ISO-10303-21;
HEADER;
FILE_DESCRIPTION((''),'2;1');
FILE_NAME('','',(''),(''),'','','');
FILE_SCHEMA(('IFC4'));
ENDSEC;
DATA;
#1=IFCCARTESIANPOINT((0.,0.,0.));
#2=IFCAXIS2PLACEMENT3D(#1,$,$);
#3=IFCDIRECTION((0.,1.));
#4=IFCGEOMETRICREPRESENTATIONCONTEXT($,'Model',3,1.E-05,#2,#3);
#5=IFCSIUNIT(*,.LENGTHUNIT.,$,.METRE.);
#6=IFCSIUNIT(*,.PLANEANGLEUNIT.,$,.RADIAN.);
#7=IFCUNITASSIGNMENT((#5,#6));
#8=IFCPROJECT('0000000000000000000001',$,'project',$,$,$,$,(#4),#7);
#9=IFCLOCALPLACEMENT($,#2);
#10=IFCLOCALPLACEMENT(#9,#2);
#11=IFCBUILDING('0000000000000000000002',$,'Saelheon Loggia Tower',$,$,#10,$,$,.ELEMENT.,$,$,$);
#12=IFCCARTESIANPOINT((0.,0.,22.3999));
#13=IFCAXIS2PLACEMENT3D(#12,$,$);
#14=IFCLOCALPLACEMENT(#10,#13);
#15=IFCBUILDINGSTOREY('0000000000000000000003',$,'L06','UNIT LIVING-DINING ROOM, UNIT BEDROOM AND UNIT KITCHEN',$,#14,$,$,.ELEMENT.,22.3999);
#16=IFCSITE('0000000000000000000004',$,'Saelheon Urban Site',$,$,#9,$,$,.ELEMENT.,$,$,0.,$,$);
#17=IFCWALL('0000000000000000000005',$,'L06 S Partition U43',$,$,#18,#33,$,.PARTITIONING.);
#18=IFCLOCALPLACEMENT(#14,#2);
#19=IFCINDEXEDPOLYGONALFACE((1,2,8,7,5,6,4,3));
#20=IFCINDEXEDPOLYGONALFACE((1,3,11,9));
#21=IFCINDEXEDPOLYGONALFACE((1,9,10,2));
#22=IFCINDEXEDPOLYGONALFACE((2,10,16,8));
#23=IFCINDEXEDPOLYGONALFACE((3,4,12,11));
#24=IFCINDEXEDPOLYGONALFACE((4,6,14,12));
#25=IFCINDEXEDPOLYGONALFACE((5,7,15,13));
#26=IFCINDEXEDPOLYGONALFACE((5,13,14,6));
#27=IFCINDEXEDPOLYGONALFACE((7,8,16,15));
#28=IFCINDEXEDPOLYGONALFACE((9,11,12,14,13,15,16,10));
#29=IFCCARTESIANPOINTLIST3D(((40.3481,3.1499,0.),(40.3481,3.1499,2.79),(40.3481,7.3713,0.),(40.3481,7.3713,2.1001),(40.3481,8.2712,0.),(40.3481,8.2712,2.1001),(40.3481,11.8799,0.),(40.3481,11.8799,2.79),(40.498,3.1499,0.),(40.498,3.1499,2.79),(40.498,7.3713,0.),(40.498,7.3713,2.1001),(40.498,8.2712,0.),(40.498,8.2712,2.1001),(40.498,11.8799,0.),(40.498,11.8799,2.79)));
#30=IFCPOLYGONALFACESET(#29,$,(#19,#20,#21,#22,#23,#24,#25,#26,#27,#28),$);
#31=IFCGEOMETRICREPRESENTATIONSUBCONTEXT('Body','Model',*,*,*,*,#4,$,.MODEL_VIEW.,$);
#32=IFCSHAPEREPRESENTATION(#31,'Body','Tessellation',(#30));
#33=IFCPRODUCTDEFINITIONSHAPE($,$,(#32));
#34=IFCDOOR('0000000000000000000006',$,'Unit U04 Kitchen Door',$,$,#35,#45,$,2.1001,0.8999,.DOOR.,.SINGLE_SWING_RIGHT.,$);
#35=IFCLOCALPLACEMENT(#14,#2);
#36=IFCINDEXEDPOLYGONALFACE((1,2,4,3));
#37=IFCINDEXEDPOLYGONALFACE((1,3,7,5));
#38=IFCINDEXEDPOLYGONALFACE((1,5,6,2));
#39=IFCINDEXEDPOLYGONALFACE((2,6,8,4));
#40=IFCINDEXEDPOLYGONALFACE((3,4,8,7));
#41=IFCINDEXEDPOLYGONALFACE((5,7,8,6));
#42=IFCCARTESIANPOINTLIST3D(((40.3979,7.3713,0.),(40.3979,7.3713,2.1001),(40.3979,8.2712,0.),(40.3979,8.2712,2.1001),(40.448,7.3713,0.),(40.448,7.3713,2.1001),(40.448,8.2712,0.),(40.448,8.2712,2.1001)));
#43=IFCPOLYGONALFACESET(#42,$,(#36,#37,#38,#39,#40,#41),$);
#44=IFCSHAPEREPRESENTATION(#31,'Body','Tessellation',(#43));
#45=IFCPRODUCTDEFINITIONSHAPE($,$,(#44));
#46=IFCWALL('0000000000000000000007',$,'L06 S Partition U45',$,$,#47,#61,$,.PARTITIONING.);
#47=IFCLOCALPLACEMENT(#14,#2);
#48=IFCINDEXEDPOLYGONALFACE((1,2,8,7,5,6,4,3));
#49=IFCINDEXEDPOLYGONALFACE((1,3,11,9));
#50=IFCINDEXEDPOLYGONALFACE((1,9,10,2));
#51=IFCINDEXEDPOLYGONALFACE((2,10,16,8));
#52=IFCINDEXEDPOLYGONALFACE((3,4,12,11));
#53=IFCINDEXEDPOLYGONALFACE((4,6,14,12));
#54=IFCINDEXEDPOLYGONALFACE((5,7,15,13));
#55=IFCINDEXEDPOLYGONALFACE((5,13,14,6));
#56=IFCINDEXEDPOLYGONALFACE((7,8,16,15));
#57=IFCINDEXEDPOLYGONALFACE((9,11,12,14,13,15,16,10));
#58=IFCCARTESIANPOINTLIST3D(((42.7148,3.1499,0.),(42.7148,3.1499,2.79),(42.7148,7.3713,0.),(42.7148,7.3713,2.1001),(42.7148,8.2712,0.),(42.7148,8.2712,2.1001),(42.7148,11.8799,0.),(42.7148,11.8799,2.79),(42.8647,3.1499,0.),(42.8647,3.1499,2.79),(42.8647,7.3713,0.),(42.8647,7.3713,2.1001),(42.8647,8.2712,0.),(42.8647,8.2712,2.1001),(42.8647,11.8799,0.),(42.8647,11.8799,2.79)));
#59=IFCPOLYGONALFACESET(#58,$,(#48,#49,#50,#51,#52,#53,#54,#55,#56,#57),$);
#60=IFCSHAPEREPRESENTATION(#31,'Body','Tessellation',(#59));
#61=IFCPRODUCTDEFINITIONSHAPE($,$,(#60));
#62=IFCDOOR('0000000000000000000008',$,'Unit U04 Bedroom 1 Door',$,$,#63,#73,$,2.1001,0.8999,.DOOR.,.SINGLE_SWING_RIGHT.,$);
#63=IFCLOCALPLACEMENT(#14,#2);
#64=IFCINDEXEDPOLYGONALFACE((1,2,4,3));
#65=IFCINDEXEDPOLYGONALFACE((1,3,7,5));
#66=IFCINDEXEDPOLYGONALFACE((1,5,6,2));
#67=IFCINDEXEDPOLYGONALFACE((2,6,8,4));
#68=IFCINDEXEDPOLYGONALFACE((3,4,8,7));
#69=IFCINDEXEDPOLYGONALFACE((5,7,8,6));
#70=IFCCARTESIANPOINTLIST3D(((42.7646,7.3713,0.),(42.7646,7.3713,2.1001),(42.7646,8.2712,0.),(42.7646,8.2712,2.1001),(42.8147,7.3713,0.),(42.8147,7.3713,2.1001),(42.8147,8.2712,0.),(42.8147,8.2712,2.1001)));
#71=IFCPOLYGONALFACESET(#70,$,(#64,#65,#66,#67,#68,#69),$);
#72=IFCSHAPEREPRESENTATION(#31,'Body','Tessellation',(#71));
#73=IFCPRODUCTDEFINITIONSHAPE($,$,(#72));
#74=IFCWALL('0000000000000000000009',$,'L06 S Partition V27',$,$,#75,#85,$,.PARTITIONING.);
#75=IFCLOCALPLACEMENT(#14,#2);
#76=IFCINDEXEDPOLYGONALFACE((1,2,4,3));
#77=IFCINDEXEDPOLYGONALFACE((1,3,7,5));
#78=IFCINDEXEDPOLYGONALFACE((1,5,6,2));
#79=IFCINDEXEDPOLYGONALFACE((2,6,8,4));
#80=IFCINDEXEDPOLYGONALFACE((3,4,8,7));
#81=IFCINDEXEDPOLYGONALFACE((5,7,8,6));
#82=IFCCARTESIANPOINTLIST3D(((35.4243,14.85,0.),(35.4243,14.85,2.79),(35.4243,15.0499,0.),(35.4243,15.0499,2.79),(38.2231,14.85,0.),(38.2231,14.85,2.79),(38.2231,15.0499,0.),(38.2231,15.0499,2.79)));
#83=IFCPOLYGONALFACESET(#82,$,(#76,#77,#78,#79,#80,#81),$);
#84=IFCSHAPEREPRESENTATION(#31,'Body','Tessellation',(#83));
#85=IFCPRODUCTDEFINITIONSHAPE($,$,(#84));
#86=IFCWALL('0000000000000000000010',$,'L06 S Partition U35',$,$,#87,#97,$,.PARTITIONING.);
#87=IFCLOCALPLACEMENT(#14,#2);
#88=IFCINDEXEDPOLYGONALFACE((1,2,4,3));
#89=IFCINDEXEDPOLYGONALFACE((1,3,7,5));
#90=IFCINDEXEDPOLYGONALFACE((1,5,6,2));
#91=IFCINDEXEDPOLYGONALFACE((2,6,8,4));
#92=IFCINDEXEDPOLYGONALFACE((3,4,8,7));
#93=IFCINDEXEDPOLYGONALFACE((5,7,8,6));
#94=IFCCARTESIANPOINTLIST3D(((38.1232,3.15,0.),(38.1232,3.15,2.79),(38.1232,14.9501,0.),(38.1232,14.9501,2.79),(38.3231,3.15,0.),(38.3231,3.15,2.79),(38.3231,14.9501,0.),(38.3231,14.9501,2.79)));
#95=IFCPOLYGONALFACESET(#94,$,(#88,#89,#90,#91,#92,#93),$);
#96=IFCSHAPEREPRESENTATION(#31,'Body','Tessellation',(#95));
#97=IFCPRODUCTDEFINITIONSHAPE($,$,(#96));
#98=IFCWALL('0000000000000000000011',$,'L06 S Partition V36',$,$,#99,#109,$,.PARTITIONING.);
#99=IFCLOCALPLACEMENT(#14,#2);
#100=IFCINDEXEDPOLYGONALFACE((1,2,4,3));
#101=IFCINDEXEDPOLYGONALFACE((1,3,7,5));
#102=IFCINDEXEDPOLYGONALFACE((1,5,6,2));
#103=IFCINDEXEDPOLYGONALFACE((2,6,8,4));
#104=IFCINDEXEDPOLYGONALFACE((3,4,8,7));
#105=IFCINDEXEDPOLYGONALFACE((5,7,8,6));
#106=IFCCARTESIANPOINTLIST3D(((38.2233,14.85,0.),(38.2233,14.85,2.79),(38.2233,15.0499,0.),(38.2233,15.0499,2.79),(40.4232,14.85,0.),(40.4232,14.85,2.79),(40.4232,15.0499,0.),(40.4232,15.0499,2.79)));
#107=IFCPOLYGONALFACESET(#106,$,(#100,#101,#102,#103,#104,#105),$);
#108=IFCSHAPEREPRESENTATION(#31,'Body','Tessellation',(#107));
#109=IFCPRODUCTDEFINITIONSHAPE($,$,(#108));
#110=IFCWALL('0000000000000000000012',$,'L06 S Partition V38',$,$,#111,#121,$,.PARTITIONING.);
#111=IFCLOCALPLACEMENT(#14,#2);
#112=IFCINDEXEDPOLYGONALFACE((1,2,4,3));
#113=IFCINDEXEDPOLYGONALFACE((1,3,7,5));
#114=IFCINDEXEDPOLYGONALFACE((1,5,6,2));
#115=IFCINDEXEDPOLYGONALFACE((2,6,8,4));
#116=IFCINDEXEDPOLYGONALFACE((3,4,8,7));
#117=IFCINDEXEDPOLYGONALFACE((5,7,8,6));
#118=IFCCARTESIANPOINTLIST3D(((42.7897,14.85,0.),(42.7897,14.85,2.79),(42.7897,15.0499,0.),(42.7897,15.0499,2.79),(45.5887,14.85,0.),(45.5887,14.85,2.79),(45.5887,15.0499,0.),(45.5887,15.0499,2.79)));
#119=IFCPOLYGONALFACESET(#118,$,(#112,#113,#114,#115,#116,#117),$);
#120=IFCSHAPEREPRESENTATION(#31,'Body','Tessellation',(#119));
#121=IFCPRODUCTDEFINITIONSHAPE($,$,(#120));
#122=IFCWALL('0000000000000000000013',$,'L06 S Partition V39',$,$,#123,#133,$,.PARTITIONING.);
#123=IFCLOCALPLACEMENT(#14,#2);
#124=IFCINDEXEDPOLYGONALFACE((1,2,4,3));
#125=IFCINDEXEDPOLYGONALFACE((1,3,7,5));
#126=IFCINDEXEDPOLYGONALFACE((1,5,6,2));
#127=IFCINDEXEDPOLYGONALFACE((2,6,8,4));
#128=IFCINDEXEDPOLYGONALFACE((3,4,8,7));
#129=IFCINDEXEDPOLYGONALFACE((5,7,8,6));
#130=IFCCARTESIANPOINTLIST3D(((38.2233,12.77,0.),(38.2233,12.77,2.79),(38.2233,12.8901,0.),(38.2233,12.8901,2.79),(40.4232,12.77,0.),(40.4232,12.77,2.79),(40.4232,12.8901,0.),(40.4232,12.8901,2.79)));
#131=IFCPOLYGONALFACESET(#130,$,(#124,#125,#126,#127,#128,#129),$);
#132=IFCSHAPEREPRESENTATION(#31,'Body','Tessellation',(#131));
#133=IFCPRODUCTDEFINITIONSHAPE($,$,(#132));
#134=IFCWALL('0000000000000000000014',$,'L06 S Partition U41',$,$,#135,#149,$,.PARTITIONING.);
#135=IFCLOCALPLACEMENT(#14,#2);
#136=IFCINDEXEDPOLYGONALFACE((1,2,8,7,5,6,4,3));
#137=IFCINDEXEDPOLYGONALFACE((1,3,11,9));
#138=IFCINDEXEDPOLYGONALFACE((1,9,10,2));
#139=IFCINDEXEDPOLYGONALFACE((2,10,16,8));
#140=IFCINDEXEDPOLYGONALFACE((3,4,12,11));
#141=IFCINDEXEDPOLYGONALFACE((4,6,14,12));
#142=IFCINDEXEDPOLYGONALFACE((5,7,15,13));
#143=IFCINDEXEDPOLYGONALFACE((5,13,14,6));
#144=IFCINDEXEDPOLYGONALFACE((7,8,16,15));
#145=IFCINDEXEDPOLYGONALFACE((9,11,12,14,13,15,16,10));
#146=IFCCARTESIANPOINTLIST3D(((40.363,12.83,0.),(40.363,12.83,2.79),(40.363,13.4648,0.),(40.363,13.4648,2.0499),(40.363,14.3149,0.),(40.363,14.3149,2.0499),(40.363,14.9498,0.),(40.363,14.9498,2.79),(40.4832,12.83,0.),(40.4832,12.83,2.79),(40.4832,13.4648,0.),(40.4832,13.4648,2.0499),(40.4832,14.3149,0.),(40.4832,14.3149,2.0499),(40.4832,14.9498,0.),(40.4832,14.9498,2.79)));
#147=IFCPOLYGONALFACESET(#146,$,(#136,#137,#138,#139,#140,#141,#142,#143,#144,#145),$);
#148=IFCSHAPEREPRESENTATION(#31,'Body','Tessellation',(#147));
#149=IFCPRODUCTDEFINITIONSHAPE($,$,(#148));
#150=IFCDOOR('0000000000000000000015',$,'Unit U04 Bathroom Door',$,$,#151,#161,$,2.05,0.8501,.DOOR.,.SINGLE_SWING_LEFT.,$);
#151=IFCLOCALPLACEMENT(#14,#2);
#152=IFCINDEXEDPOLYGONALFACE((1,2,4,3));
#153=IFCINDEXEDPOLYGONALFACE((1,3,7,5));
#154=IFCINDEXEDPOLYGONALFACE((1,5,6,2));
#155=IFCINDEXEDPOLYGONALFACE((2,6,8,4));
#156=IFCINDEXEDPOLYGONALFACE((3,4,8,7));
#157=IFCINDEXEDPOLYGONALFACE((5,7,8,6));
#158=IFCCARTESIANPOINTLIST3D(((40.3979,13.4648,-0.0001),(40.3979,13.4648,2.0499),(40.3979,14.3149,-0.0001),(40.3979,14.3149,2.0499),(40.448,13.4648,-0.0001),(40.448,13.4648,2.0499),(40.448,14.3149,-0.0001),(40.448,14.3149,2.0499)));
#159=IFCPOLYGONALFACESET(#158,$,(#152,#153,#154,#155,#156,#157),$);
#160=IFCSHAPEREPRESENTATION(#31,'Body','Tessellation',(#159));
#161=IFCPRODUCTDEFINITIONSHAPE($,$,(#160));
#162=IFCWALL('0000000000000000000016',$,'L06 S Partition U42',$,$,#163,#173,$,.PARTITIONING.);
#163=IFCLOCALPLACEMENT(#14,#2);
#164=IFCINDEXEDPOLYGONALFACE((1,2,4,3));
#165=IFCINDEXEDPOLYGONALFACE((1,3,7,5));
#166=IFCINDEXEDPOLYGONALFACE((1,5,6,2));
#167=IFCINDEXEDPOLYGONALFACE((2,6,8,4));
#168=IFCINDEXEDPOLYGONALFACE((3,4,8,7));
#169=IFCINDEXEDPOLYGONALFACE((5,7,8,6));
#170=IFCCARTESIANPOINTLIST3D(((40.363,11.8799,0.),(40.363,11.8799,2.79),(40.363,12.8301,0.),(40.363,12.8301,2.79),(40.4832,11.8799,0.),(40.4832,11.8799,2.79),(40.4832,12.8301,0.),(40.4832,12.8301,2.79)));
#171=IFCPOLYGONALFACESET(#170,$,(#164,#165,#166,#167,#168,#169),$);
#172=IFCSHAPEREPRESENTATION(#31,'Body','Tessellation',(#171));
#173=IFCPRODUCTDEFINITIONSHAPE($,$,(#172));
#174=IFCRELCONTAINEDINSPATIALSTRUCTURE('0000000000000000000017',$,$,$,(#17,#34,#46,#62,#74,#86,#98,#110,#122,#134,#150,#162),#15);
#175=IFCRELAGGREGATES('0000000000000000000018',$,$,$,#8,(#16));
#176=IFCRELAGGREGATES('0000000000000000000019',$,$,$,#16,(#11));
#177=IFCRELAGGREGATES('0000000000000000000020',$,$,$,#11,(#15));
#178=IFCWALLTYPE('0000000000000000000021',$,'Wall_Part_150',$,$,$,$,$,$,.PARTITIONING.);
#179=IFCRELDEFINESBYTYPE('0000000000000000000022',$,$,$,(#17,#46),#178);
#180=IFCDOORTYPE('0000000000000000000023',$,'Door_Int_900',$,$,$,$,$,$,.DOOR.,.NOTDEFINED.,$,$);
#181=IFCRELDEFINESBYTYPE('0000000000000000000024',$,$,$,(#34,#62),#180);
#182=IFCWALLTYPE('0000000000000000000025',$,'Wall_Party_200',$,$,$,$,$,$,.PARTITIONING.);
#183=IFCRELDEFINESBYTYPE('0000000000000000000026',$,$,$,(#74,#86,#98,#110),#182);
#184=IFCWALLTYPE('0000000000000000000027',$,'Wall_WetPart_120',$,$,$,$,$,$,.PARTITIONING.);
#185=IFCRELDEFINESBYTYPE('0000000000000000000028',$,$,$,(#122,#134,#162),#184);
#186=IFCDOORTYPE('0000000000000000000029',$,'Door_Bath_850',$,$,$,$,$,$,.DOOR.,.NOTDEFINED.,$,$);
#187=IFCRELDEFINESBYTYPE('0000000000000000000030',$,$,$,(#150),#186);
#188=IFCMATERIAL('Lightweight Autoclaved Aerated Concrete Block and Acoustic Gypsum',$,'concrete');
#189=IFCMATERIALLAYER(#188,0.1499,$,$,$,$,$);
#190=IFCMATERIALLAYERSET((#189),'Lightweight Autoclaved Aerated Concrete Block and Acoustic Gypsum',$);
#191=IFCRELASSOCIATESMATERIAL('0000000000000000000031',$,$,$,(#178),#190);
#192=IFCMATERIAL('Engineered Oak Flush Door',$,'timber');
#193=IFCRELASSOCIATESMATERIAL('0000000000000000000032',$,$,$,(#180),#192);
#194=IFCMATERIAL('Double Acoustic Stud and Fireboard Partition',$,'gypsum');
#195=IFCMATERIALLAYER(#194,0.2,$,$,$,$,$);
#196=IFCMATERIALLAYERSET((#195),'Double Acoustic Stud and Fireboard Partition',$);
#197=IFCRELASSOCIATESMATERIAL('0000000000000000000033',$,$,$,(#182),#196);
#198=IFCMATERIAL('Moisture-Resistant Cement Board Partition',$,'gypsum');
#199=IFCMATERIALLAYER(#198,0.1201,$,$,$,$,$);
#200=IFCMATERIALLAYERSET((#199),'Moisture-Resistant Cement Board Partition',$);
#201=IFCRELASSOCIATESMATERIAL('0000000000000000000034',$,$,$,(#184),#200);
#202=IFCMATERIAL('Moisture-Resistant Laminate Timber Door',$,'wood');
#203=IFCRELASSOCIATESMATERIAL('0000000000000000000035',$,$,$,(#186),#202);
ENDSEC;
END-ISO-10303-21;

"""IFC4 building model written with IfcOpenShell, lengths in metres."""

from ifc_helpers import new_model, si_unit, direction, frame, frame_2d, origin, place, context, subcontext, project, spatial, rectangle, extrude, source, transform, mapped, material, layer, layer_set, type_object, element, fill, save


model = new_model("IFC4")

# Units and contexts
model_context = context("Model", 3, precision=1e-05, world=origin(), true_north=direction((0.0, 1.0)))
body_context = subcontext(model_context, "Body", "Model", "MODEL_VIEW")
ifc_project = project(units=[si_unit("LENGTHUNIT", "METRE"), si_unit("PLANEANGLEUNIT", "RADIAN")], contexts=[model_context])

# Site, building, storey
site_placement = place(None, origin())
site = spatial("IfcSite", under=ifc_project, at=site_placement, Name="Saelheon Urban Site", CompositionType="ELEMENT", RefElevation=0.0)
building_placement = place(site_placement, origin())
building = spatial("IfcBuilding", under=site, at=building_placement, Name="Saelheon Loggia Tower", CompositionType="ELEMENT")
storey_placement = place(building_placement, frame((0.0, 0.0, 22.3999)))
storey = spatial("IfcBuildingStorey", under=building, at=storey_placement, Name="L06", Description="UNIT LIVING-DINING ROOM, UNIT BEDROOM AND UNIT KITCHEN", CompositionType="ELEMENT", Elevation=22.3999)

# Shared definitions
ifc_material_1 = material(Name="Lightweight Autoclaved Aerated Concrete Block and Acoustic Gypsum", Category="concrete")
ifc_layer_1 = layer(ifc_material_1, 0.1499)
ifc_layer_set_1 = layer_set([ifc_layer_1], Name="Lightweight Autoclaved Aerated Concrete Block and Acoustic Gypsum")
wall_type_1 = type_object("IfcWallType", Name="Wall_Part_150", PredefinedType="PARTITIONING", material=ifc_layer_set_1)

# Shared definitions
ifc_material_2 = material(Name="Engineered Oak Flush Door", Category="timber")
door_type_1 = type_object("IfcDoorType", Name="Door_Int_900", OperationType="NOTDEFINED", PredefinedType="DOOR", material=ifc_material_2)
shared_shape_1 = source(origin(), body_context, "Body", "SweptSolid", [
    extrude(rectangle(XDim=0.8999, YDim=2.1001, at=frame_2d((0.45, 1.05))), frame((0.0, 0.0249, 0.0), z_axis=(0.0, -1.0, 0.0), x_axis=(1.0, 0.0, 0.0)), (0.0, 0.0, 1.0), 0.05),
])

# Walls, openings, doors
wall_1_placement = place(storey_placement, frame((40.4231, 11.8799, 0.0), z_axis=(0.0, 0.0, 1.0), x_axis=(0.0, -1.0, 0.0)))
wall_1 = element("IfcWall", 1, at=wall_1_placement, inside=storey, type_object=wall_type_1, Name="L06 S Partition U43", PredefinedType="PARTITIONING", context=body_context, shape_type="SweptSolid", body=[
    extrude(rectangle(XDim=8.73, YDim=0.1499, at=frame_2d((4.365, 0.0))), origin(), (0.0, 0.0, 1.0), 2.79),
])
opening_1_placement = place(wall_1_placement, frame((3.6086, 0.0, 0.0)))
opening_1 = element("IfcOpeningElement", 2, at=opening_1_placement, cuts=wall_1, PredefinedType="OPENING", context=body_context, shape_type="SweptSolid", body=[
    extrude(rectangle(XDim=0.8999, YDim=2.1001, at=frame_2d((0.45, 1.05))), frame((0.0, 0.0869, 0.0), z_axis=(0.0, -1.0, 0.0), x_axis=(1.0, 0.0, 0.0)), (0.0, 0.0, 1.0), 0.1738),
])
door_1_placement = place(opening_1_placement, origin())
door_1 = element("IfcDoor", 3, at=door_1_placement, inside=storey, type_object=door_type_1, Name="Unit U04 Kitchen Door", OperationType="SINGLE_SWING_RIGHT", OverallHeight=2.1001, OverallWidth=0.8999, PredefinedType="DOOR", context=body_context, shape_type="MappedRepresentation", body=[
    mapped(shared_shape_1, transform((0.0, 0.0, 0.0), scale=1.0)),
])
fill(opening_1, door_1)
wall_2_placement = place(storey_placement, frame((42.7898, 11.8799, 0.0), z_axis=(0.0, 0.0, 1.0), x_axis=(0.0, -1.0, 0.0)))
wall_2 = element("IfcWall", 4, at=wall_2_placement, inside=storey, type_object=wall_type_1, Name="L06 S Partition U45", PredefinedType="PARTITIONING", context=body_context, shape_type="SweptSolid", body=[
    extrude(rectangle(XDim=8.73, YDim=0.1499, at=frame_2d((4.365, 0.0))), origin(), (0.0, 0.0, 1.0), 2.79),
])
opening_2_placement = place(wall_2_placement, frame((3.6086, 0.0, 0.0)))
opening_2 = element("IfcOpeningElement", 5, at=opening_2_placement, cuts=wall_2, PredefinedType="OPENING", context=body_context, shape_type="SweptSolid", body=[
    extrude(rectangle(XDim=0.8999, YDim=2.1001, at=frame_2d((0.45, 1.05))), frame((0.0, 0.0869, 0.0), z_axis=(0.0, -1.0, 0.0), x_axis=(1.0, 0.0, 0.0)), (0.0, 0.0, 1.0), 0.1738),
])
door_2_placement = place(opening_2_placement, origin())
door_2 = element("IfcDoor", 6, at=door_2_placement, inside=storey, type_object=door_type_1, Name="Unit U04 Bedroom 1 Door", OperationType="SINGLE_SWING_RIGHT", OverallHeight=2.1001, OverallWidth=0.8999, PredefinedType="DOOR", context=body_context, shape_type="MappedRepresentation", body=[
    mapped(shared_shape_1, transform((0.0, 0.0, 0.0), scale=1.0)),
])
fill(opening_2, door_2)

# Walls
ifc_material_3 = material(Name="Double Acoustic Stud and Fireboard Partition", Category="gypsum")
ifc_layer_2 = layer(ifc_material_3, 0.2)
ifc_layer_set_2 = layer_set([ifc_layer_2], Name="Double Acoustic Stud and Fireboard Partition")
wall_type_2 = type_object("IfcWallType", Name="Wall_Party_200", PredefinedType="PARTITIONING", material=ifc_layer_set_2)
wall_3_placement = place(storey_placement, frame((35.4243, 14.95, 0.0), z_axis=(0.0, 0.0, 1.0), x_axis=(1.0, 0.0, 0.0)))
element("IfcWall", 7, at=wall_3_placement, inside=storey, type_object=wall_type_2, Name="L06 S Partition V27", PredefinedType="PARTITIONING", context=body_context, shape_type="SweptSolid", body=[
    extrude(rectangle(XDim=2.7988, YDim=0.2, at=frame_2d((1.3994, 0.0))), origin(), (0.0, 0.0, 1.0), 2.79),
])
wall_4_placement = place(storey_placement, frame((38.2231, 14.95, 0.0), z_axis=(0.0, 0.0, 1.0), x_axis=(0.0, -1.0, 0.0)))
element("IfcWall", 8, at=wall_4_placement, inside=storey, type_object=wall_type_2, Name="L06 S Partition U35", PredefinedType="PARTITIONING", context=body_context, shape_type="SweptSolid", body=[
    extrude(rectangle(XDim=11.8, YDim=0.2, at=frame_2d((5.8999, 0.0))), origin(), (0.0, 0.0, 1.0), 2.79),
])
wall_5_placement = place(storey_placement, frame((38.2231, 14.95, 0.0), z_axis=(0.0, 0.0, 1.0), x_axis=(1.0, 0.0, 0.0)))
element("IfcWall", 9, at=wall_5_placement, inside=storey, type_object=wall_type_2, Name="L06 S Partition V36", PredefinedType="PARTITIONING", context=body_context, shape_type="SweptSolid", body=[
    extrude(rectangle(XDim=2.2, YDim=0.2, at=frame_2d((1.1001, 0.0))), origin(), (0.0, 0.0, 1.0), 2.79),
])

# Walls
wall_6_placement = place(storey_placement, frame((42.7898, 14.95, 0.0), z_axis=(0.0, 0.0, 1.0), x_axis=(1.0, 0.0, 0.0)))
element("IfcWall", 10, at=wall_6_placement, inside=storey, type_object=wall_type_2, Name="L06 S Partition V38", PredefinedType="PARTITIONING", context=body_context, shape_type="SweptSolid", body=[
    extrude(rectangle(XDim=2.7991, YDim=0.2, at=frame_2d((1.3994, 0.0))), origin(), (0.0, 0.0, 1.0), 2.79),
])
ifc_material_4 = material(Name="Moisture-Resistant Cement Board Partition", Category="gypsum")
ifc_layer_3 = layer(ifc_material_4, 0.1201)
ifc_layer_set_3 = layer_set([ifc_layer_3], Name="Moisture-Resistant Cement Board Partition")
wall_type_3 = type_object("IfcWallType", Name="Wall_WetPart_120", PredefinedType="PARTITIONING", material=ifc_layer_set_3)
wall_7_placement = place(storey_placement, frame((38.2231, 12.8301, 0.0), z_axis=(0.0, 0.0, 1.0), x_axis=(1.0, 0.0, 0.0)))
element("IfcWall", 11, at=wall_7_placement, inside=storey, type_object=wall_type_3, Name="L06 S Partition V39", PredefinedType="PARTITIONING", context=body_context, shape_type="SweptSolid", body=[
    extrude(rectangle(XDim=2.2, YDim=0.1201, at=frame_2d((1.1001, 0.0))), origin(), (0.0, 0.0, 1.0), 2.79),
])

# Wall, opening, door
wall_8_placement = place(storey_placement, frame((40.4231, 14.95, 0.0), z_axis=(0.0, 0.0, 1.0), x_axis=(0.0, -1.0, 0.0)))
wall_8 = element("IfcWall", 12, at=wall_8_placement, inside=storey, type_object=wall_type_3, Name="L06 S Partition U41", PredefinedType="PARTITIONING", context=body_context, shape_type="SweptSolid", body=[
    extrude(rectangle(XDim=2.1199, YDim=0.1201, at=frame_2d((1.0601, 0.0))), origin(), (0.0, 0.0, 1.0), 2.79),
])
opening_3_placement = place(wall_8_placement, frame((0.635, 0.0, 0.0)))
opening_3 = element("IfcOpeningElement", 13, at=opening_3_placement, cuts=wall_8, PredefinedType="OPENING", context=body_context, shape_type="SweptSolid", body=[
    extrude(rectangle(XDim=0.8501, YDim=2.05, at=frame_2d((0.425, 1.0249))), frame((0.0, 0.072, 0.0), z_axis=(0.0, -1.0, 0.0), x_axis=(1.0, 0.0, 0.0)), (0.0, 0.0, 1.0), 0.144),
])
ifc_material_5 = material(Name="Moisture-Resistant Laminate Timber Door", Category="wood")
door_type_2 = type_object("IfcDoorType", Name="Door_Bath_850", OperationType="NOTDEFINED", PredefinedType="DOOR", material=ifc_material_5)
shared_shape_2 = source(origin(), body_context, "Body", "SweptSolid", [
    extrude(rectangle(XDim=0.8501, YDim=2.05, at=frame_2d((0.425, 1.0249))), frame((0.0, 0.0249, 0.0), z_axis=(0.0, -1.0, 0.0), x_axis=(1.0, 0.0, 0.0)), (0.0, 0.0, 1.0), 0.05),
])
door_3_placement = place(opening_3_placement, origin())
door_3 = element("IfcDoor", 14, at=door_3_placement, inside=storey, type_object=door_type_2, Name="Unit U04 Bathroom Door", OperationType="SINGLE_SWING_LEFT", OverallHeight=2.05, OverallWidth=0.8501, PredefinedType="DOOR", context=body_context, shape_type="MappedRepresentation", body=[
    mapped(shared_shape_2, transform((0.0, 0.0, 0.0), scale=1.0)),
])
fill(opening_3, door_3)

# Wall
wall_9_placement = place(storey_placement, frame((40.4231, 12.8301, 0.0), z_axis=(0.0, 0.0, 1.0), x_axis=(0.0, -1.0, 0.0)))
element("IfcWall", 15, at=wall_9_placement, inside=storey, type_object=wall_type_3, Name="L06 S Partition U42", PredefinedType="PARTITIONING", context=body_context, shape_type="SweptSolid", body=[
    extrude(rectangle(XDim=0.9502, YDim=0.1201, at=frame_2d((0.4751, 0.0))), origin(), (0.0, 0.0, 1.0), 2.79),
])

save(model, "model.ifc")
